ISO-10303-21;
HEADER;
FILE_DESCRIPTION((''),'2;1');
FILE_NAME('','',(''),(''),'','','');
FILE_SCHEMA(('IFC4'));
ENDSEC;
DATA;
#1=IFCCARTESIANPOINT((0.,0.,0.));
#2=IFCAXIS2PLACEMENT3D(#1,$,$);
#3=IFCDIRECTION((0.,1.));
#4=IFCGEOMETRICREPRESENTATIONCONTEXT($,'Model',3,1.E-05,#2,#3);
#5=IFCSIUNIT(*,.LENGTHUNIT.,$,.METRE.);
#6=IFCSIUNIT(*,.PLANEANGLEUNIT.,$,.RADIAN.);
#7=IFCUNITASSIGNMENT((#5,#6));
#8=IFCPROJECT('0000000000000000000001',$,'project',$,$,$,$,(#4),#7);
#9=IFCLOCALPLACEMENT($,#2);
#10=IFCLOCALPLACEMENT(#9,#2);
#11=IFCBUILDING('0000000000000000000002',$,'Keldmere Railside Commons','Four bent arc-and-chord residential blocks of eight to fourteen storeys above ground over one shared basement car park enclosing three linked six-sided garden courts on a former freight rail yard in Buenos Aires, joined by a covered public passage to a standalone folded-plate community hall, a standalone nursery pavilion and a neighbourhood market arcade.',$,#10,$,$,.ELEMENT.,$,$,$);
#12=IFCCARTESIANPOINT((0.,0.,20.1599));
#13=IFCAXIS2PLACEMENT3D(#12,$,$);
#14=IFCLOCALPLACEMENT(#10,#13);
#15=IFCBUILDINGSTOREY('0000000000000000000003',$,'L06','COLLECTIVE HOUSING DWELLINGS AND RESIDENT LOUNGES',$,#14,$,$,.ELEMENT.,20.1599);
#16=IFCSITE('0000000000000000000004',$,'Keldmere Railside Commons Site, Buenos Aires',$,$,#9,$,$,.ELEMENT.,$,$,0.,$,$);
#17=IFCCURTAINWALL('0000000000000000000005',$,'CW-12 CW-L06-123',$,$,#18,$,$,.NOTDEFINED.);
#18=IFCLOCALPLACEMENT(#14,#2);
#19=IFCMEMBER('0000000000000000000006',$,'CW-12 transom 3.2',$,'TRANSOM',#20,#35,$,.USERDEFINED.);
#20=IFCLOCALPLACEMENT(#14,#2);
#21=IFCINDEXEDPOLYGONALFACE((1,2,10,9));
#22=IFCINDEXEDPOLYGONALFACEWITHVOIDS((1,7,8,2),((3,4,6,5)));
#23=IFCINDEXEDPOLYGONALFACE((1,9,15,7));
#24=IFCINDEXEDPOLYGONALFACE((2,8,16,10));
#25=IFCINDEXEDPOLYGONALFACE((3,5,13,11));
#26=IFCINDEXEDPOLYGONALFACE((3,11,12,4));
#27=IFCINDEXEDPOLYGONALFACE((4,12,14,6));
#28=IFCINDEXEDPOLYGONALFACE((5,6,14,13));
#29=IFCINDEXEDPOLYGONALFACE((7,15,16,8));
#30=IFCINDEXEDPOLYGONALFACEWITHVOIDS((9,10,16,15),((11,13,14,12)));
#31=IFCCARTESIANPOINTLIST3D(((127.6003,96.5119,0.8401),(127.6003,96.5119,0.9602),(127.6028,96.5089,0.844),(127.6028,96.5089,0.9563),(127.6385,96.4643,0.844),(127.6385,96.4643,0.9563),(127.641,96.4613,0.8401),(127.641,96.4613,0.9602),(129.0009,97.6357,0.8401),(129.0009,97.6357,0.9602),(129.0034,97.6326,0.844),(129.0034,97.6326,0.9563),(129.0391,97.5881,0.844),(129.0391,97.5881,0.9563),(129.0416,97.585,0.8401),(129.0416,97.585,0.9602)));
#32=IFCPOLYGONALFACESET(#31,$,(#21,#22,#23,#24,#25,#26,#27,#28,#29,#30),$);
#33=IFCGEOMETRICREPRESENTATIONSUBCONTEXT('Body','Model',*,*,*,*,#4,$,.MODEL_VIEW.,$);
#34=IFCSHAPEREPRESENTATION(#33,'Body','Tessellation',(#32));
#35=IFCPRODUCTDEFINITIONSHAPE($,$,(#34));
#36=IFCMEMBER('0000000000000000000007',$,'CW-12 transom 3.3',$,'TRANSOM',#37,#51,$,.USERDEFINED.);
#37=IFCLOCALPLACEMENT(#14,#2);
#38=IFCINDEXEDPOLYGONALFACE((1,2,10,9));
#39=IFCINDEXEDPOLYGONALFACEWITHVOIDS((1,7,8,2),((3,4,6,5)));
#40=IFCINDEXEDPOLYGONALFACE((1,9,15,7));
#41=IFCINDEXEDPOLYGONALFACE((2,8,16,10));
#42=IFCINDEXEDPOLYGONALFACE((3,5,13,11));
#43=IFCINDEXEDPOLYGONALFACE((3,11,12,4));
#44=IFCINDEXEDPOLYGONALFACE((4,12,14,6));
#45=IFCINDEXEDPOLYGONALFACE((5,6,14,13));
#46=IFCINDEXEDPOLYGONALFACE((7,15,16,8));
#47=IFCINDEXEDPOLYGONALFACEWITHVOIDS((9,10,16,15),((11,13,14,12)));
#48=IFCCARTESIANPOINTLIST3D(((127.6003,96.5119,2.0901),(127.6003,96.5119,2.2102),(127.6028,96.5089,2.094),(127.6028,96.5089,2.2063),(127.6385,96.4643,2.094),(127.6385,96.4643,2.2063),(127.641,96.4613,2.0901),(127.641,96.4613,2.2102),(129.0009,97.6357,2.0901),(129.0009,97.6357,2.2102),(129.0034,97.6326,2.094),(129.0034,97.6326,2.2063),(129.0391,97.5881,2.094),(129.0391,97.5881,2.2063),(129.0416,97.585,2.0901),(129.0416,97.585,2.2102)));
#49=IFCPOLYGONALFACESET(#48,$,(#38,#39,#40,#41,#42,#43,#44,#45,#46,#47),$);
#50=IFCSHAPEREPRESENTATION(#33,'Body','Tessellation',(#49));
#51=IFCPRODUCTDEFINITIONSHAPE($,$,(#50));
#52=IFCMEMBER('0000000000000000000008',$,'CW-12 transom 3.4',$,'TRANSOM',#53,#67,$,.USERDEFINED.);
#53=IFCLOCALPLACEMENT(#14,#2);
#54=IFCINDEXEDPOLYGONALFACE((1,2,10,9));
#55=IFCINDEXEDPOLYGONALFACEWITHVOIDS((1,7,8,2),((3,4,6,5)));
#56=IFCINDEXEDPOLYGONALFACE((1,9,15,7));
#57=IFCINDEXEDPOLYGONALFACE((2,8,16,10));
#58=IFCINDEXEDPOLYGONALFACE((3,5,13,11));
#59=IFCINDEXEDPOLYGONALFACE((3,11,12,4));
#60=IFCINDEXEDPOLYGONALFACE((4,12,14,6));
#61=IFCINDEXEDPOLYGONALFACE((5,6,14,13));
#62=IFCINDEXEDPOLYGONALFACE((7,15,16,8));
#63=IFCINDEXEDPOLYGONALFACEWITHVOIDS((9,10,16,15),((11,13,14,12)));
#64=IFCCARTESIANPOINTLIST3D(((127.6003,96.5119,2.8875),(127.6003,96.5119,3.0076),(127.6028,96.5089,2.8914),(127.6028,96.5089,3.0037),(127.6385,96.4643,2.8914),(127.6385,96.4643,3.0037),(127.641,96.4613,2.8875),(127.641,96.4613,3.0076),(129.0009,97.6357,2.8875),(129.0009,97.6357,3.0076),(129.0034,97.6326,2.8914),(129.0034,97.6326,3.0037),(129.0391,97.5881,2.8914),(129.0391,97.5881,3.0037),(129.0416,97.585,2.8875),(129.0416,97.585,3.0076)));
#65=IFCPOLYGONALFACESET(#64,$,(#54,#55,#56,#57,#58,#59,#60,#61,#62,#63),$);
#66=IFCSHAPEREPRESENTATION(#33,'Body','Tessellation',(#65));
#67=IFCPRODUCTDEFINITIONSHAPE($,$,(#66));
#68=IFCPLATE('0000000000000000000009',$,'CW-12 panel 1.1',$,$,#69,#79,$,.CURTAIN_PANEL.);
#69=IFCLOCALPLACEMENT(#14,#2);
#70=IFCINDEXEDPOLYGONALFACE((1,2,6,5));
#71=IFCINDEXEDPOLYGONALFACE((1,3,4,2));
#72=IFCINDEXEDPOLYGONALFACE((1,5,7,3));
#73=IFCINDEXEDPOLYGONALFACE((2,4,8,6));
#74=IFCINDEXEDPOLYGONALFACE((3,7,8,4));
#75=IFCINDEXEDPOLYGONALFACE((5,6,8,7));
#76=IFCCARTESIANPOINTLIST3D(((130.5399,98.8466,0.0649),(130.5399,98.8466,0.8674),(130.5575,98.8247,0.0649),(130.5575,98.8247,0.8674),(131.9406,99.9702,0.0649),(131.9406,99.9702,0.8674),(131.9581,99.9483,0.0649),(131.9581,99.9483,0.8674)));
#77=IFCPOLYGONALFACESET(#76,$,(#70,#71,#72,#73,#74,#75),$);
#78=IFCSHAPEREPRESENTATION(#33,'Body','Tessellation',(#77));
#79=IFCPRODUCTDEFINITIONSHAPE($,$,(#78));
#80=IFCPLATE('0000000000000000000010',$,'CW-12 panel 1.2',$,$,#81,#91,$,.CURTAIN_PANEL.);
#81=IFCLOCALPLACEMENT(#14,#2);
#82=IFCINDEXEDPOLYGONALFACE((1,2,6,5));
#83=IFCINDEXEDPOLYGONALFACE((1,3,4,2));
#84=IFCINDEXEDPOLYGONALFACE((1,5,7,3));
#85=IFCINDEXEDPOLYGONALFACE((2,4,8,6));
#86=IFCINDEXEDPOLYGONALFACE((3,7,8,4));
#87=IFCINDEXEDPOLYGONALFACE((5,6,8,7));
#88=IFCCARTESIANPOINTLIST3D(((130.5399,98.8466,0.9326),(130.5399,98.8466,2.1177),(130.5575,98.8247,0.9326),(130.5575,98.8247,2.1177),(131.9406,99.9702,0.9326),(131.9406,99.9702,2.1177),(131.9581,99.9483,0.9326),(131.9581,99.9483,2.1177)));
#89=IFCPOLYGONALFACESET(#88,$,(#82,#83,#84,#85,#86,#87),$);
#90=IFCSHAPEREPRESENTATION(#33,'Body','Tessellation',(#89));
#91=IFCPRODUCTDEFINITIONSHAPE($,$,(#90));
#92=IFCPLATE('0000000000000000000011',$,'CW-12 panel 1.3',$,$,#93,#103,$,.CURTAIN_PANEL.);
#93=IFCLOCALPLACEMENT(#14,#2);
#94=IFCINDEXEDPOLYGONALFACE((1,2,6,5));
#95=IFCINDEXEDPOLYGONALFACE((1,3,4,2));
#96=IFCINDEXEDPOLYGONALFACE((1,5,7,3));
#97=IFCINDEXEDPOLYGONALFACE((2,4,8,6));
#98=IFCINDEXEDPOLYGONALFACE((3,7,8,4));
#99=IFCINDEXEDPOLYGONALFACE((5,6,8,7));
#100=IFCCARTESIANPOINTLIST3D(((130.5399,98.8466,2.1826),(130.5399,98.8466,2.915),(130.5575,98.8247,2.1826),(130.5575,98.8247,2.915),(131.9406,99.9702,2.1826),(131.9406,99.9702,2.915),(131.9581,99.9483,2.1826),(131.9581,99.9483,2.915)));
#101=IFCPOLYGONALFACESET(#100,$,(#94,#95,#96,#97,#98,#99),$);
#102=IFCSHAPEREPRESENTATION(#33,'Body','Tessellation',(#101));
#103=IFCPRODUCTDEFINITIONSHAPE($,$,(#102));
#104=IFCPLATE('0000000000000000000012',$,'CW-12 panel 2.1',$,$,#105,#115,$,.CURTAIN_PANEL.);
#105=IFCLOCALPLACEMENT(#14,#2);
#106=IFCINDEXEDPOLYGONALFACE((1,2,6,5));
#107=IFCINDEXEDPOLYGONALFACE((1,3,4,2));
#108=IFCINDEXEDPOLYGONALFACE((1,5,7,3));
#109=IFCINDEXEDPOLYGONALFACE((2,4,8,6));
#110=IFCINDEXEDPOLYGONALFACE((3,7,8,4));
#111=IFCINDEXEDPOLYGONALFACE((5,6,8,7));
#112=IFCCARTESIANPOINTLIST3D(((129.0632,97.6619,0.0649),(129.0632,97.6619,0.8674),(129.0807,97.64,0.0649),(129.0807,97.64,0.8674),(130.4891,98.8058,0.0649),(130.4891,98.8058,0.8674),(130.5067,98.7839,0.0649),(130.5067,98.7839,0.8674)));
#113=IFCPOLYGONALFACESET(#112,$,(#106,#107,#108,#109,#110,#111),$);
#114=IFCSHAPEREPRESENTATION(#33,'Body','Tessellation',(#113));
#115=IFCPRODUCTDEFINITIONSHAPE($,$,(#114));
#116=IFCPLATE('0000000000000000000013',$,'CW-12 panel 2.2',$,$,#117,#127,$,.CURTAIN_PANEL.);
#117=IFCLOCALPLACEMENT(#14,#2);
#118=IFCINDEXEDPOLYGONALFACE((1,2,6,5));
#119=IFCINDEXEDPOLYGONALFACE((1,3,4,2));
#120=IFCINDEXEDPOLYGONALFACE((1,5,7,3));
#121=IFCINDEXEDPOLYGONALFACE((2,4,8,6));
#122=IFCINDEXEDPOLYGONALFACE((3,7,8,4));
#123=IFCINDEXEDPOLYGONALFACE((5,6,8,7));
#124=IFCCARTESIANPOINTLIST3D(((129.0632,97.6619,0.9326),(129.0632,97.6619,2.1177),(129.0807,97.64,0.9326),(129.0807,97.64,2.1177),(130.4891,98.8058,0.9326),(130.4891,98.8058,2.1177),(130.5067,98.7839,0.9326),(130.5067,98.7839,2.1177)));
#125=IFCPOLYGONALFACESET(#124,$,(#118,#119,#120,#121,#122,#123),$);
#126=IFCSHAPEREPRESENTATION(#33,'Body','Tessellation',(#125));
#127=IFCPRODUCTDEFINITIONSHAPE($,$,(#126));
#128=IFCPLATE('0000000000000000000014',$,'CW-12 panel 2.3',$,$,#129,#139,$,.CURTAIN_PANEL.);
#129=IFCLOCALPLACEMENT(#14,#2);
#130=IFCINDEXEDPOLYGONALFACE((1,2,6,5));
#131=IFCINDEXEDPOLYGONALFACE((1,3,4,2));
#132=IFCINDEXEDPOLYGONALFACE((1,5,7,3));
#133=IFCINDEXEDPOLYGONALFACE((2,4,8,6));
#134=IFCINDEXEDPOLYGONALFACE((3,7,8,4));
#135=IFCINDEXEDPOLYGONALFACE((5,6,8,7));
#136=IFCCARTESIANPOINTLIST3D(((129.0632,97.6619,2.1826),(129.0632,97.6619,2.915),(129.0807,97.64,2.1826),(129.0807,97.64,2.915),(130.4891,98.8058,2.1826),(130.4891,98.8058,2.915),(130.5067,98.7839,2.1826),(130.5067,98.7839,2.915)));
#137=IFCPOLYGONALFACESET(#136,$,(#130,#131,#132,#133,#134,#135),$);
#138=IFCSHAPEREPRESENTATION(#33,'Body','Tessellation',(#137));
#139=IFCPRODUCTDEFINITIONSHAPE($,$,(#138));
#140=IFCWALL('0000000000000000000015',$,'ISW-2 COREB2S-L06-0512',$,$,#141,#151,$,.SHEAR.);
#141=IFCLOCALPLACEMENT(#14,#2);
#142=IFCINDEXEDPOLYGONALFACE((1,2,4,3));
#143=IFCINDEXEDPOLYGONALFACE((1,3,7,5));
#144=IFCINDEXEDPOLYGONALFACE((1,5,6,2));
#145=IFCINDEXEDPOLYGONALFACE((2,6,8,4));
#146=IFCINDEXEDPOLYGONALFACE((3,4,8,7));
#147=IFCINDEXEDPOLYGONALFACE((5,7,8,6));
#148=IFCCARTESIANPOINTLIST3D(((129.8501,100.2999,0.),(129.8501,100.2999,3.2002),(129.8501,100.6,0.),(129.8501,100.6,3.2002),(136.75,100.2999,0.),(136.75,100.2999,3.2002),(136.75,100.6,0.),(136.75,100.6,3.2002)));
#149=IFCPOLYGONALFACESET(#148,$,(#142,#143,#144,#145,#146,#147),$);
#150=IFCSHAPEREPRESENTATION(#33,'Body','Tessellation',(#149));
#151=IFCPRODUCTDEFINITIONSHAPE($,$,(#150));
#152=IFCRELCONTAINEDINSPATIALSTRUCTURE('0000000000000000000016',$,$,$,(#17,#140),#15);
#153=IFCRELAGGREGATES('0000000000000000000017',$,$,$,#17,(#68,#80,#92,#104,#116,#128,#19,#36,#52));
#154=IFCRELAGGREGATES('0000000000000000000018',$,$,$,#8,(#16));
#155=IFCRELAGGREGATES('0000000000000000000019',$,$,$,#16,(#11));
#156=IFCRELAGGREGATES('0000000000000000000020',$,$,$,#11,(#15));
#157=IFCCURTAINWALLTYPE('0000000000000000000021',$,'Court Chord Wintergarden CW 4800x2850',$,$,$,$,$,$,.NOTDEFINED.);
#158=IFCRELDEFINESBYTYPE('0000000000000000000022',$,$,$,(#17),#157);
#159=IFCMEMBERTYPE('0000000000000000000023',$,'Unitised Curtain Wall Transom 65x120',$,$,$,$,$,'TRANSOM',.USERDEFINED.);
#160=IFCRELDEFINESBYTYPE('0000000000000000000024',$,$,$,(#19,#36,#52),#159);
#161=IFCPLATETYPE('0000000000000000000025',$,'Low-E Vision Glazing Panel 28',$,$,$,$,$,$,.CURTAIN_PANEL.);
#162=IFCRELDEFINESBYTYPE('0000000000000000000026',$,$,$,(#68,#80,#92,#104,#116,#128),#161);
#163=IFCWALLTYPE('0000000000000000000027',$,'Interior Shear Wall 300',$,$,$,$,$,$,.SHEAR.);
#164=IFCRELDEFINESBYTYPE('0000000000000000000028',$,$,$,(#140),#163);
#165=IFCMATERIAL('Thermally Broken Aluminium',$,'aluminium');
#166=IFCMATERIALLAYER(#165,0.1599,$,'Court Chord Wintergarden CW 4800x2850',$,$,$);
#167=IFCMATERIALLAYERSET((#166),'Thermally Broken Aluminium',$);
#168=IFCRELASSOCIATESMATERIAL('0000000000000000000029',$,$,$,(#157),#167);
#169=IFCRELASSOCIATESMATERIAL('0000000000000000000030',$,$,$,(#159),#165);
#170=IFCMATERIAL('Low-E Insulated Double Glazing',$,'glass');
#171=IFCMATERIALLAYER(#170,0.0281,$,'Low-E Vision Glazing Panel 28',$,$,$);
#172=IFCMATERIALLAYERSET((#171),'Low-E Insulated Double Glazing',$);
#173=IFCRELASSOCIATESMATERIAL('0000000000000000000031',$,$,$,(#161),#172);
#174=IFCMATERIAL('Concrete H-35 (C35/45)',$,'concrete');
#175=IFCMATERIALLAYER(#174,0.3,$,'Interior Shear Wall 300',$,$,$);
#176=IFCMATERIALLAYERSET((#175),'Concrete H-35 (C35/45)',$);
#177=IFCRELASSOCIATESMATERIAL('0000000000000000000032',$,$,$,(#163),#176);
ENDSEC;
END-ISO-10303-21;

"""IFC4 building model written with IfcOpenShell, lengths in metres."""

from ifc_helpers import new_model, si_unit, direction, frame, frame_2d, origin, origin_2d, place, context, subcontext, project, spatial, rectangle, hollow_rectangle, extrude, material, layer, layer_set, material_profile, profile_set, type_object, element, aggregate, save


model = new_model("IFC4")

# Units and contexts
model_context = context("Model", 3, precision=1e-05, world=origin(), true_north=direction((0.0, 1.0)))
body_context = subcontext(model_context, "Body", "Model", "MODEL_VIEW")
ifc_project = project(units=[si_unit("LENGTHUNIT", "METRE"), si_unit("PLANEANGLEUNIT", "RADIAN")], contexts=[model_context])

# Site, building, storey
site_placement = place(None, origin())
site = spatial("IfcSite", under=ifc_project, at=site_placement, Name="Keldmere Railside Commons Site, Buenos Aires", CompositionType="ELEMENT", RefElevation=0.0)
building_placement = place(site_placement, origin())
building = spatial("IfcBuilding", under=site, at=building_placement, Name="Keldmere Railside Commons", Description="Four bent arc-and-chord residential blocks of eight to fourteen storeys above ground over one shared basement car park enclosing three linked six-sided garden courts on a former freight rail yard in Buenos Aires, joined by a covered public passage to a standalone folded-plate community hall, a standalone nursery pavilion and a neighbourhood market arcade.", CompositionType="ELEMENT")
storey_placement = place(building_placement, frame((0.0, 0.0, 20.1599)))
storey = spatial("IfcBuildingStorey", under=building, at=storey_placement, Name="L06", Description="COLLECTIVE HOUSING DWELLINGS AND RESIDENT LOUNGES", CompositionType="ELEMENT", Elevation=20.1599)

# Curtain wall, members, plates
ifc_material_1 = material(Name="Thermally Broken Aluminium", Category="aluminium")
ifc_layer_1 = layer(ifc_material_1, 0.1599, Name="Court Chord Wintergarden CW 4800x2850")
ifc_layer_set_1 = layer_set([ifc_layer_1], Name="Thermally Broken Aluminium")
curtain_wall_type = type_object("IfcCurtainWallType", Name="Court Chord Wintergarden CW 4800x2850", PredefinedType="NOTDEFINED", material=ifc_layer_set_1)
curtain_wall_placement = place(storey_placement, origin())
curtain_wall = element("IfcCurtainWall", 1, at=curtain_wall_placement, inside=storey, type_object=curtain_wall_type, Name="CW-12 CW-L06-123", PredefinedType="NOTDEFINED")
ifc_material_profile_1 = material_profile(ifc_material_1, hollow_rectangle(XDim=0.0649, YDim=0.1201, WallThickness=0.0039, at=origin_2d()), Name="ALU-TRAN-65x120")
ifc_profile_set_1 = profile_set([ifc_material_profile_1], Name="Thermally Broken Aluminium")
member_type_1 = type_object("IfcMemberType", Name="Unitised Curtain Wall Transom 65x120", ElementType="TRANSOM", PredefinedType="USERDEFINED", material=ifc_profile_set_1)
member_1_placement = place(storey_placement, frame((129.0212, 97.6104, 0.9001), z_axis=(-0.779979, -0.625805, 0.0), x_axis=(0.625805, -0.779979, 0.0)))
member_1 = element("IfcMember", 2, at=member_1_placement, type_object=member_type_1, Name="CW-12 transom 3.2", ObjectType="TRANSOM", PredefinedType="USERDEFINED", context=body_context, shape_type="SweptSolid", body=[
    extrude(hollow_rectangle(XDim=0.0649, YDim=0.1201, WallThickness=0.0039, at=origin_2d()), origin(), (0.0, 0.0, 1.0), 1.7957),
])
member_2_placement = place(storey_placement, frame((129.0212, 97.6104, 2.1501), z_axis=(-0.779979, -0.625805, 0.0), x_axis=(0.625805, -0.779979, 0.0)))
member_2 = element("IfcMember", 3, at=member_2_placement, type_object=member_type_1, Name="CW-12 transom 3.3", ObjectType="TRANSOM", PredefinedType="USERDEFINED", context=body_context, shape_type="SweptSolid", body=[
    extrude(hollow_rectangle(XDim=0.0649, YDim=0.1201, WallThickness=0.0039, at=origin_2d()), origin(), (0.0, 0.0, 1.0), 1.7957),
])
member_3_placement = place(storey_placement, frame((129.0212, 97.6104, 2.9475), z_axis=(-0.779979, -0.625805, 0.0), x_axis=(0.625805, -0.779979, 0.0)))
member_3 = element("IfcMember", 4, at=member_3_placement, type_object=member_type_1, Name="CW-12 transom 3.4", ObjectType="TRANSOM", PredefinedType="USERDEFINED", context=body_context, shape_type="SweptSolid", body=[
    extrude(hollow_rectangle(XDim=0.0649, YDim=0.1201, WallThickness=0.0039, at=origin_2d()), origin(), (0.0, 0.0, 1.0), 1.7957),
])
ifc_material_2 = material(Name="Low-E Insulated Double Glazing", Category="glass")
ifc_layer_2 = layer(ifc_material_2, 0.0281, Name="Low-E Vision Glazing Panel 28")
ifc_layer_set_2 = layer_set([ifc_layer_2], Name="Low-E Insulated Double Glazing")
plate_type = type_object("IfcPlateType", Name="Low-E Vision Glazing Panel 28", PredefinedType="CURTAIN_PANEL", material=ifc_layer_set_2)
plate_1_placement = place(storey_placement, frame((131.249, 99.3975, 0.0649), z_axis=(0.0, 0.0, 1.0), x_axis=(-0.780009, -0.625768, 0.0)))
plate_1 = element("IfcPlate", 5, at=plate_1_placement, type_object=plate_type, Name="CW-12 panel 1.1", PredefinedType="CURTAIN_PANEL", context=body_context, shape_type="SweptSolid", body=[
    extrude(rectangle(XDim=1.7957, YDim=0.0281, at=origin_2d()), origin(), (0.0, 0.0, 1.0), 0.8025),
])
plate_2_placement = place(storey_placement, frame((131.249, 99.3975, 0.9326), z_axis=(0.0, 0.0, 1.0), x_axis=(-0.780009, -0.625768, 0.0)))
plate_2 = element("IfcPlate", 6, at=plate_2_placement, type_object=plate_type, Name="CW-12 panel 1.2", PredefinedType="CURTAIN_PANEL", context=body_context, shape_type="SweptSolid", body=[
    extrude(rectangle(XDim=1.7957, YDim=0.0281, at=origin_2d()), origin(), (0.0, 0.0, 1.0), 1.1851),
])
plate_3_placement = place(storey_placement, frame((131.249, 99.3975, 2.1826), z_axis=(0.0, 0.0, 1.0), x_axis=(-0.780009, -0.625768, 0.0)))
plate_3 = element("IfcPlate", 7, at=plate_3_placement, type_object=plate_type, Name="CW-12 panel 1.3", PredefinedType="CURTAIN_PANEL", context=body_context, shape_type="SweptSolid", body=[
    extrude(rectangle(XDim=1.7957, YDim=0.0281, at=origin_2d()), origin(), (0.0, 0.0, 1.0), 0.7324),
])
plate_4_placement = place(storey_placement, frame((129.7849, 98.2229, 0.0649), z_axis=(0.0, 0.0, 1.0), x_axis=(-0.780009, -0.625768, 0.0)))
plate_4 = element("IfcPlate", 8, at=plate_4_placement, type_object=plate_type, Name="CW-12 panel 2.1", PredefinedType="CURTAIN_PANEL", context=body_context, shape_type="SweptSolid", body=[
    extrude(rectangle(XDim=1.8281, YDim=0.0281, at=origin_2d()), origin(), (0.0, 0.0, 1.0), 0.8025),
])
plate_5_placement = place(storey_placement, frame((129.7849, 98.2229, 0.9326), z_axis=(0.0, 0.0, 1.0), x_axis=(-0.780009, -0.625768, 0.0)))
plate_5 = element("IfcPlate", 9, at=plate_5_placement, type_object=plate_type, Name="CW-12 panel 2.2", PredefinedType="CURTAIN_PANEL", context=body_context, shape_type="SweptSolid", body=[
    extrude(rectangle(XDim=1.8281, YDim=0.0281, at=origin_2d()), origin(), (0.0, 0.0, 1.0), 1.1851),
])
plate_6_placement = place(storey_placement, frame((129.7849, 98.2229, 2.1826), z_axis=(0.0, 0.0, 1.0), x_axis=(-0.780009, -0.625768, 0.0)))
plate_6 = element("IfcPlate", 10, at=plate_6_placement, type_object=plate_type, Name="CW-12 panel 2.3", PredefinedType="CURTAIN_PANEL", context=body_context, shape_type="SweptSolid", body=[
    extrude(rectangle(XDim=1.8281, YDim=0.0281, at=origin_2d()), origin(), (0.0, 0.0, 1.0), 0.7324),
])
aggregate(curtain_wall, [plate_1, plate_2, plate_3, plate_4, plate_5, plate_6, member_1, member_2, member_3])

# Wall
ifc_material_3 = material(Name="Concrete H-35 (C35/45)", Category="concrete")
ifc_layer_3 = layer(ifc_material_3, 0.3, Name="Interior Shear Wall 300")
ifc_layer_set_3 = layer_set([ifc_layer_3], Name="Concrete H-35 (C35/45)")
wall_type = type_object("IfcWallType", Name="Interior Shear Wall 300", PredefinedType="SHEAR", material=ifc_layer_set_3)
wall_placement = place(storey_placement, frame((129.8501, 100.45, 0.0), z_axis=(0.0, 0.0, 1.0), x_axis=(1.0, 0.0, 0.0)))
element("IfcWall", 11, at=wall_placement, inside=storey, type_object=wall_type, Name="ISW-2 COREB2S-L06-0512", PredefinedType="SHEAR", context=body_context, shape_type="SweptSolid", body=[
    extrude(rectangle(XDim=6.8999, YDim=0.3, at=frame_2d((3.45, 0.0))), origin(), (0.0, 0.0, 1.0), 3.2002),
])

save(model, "model.ifc")
